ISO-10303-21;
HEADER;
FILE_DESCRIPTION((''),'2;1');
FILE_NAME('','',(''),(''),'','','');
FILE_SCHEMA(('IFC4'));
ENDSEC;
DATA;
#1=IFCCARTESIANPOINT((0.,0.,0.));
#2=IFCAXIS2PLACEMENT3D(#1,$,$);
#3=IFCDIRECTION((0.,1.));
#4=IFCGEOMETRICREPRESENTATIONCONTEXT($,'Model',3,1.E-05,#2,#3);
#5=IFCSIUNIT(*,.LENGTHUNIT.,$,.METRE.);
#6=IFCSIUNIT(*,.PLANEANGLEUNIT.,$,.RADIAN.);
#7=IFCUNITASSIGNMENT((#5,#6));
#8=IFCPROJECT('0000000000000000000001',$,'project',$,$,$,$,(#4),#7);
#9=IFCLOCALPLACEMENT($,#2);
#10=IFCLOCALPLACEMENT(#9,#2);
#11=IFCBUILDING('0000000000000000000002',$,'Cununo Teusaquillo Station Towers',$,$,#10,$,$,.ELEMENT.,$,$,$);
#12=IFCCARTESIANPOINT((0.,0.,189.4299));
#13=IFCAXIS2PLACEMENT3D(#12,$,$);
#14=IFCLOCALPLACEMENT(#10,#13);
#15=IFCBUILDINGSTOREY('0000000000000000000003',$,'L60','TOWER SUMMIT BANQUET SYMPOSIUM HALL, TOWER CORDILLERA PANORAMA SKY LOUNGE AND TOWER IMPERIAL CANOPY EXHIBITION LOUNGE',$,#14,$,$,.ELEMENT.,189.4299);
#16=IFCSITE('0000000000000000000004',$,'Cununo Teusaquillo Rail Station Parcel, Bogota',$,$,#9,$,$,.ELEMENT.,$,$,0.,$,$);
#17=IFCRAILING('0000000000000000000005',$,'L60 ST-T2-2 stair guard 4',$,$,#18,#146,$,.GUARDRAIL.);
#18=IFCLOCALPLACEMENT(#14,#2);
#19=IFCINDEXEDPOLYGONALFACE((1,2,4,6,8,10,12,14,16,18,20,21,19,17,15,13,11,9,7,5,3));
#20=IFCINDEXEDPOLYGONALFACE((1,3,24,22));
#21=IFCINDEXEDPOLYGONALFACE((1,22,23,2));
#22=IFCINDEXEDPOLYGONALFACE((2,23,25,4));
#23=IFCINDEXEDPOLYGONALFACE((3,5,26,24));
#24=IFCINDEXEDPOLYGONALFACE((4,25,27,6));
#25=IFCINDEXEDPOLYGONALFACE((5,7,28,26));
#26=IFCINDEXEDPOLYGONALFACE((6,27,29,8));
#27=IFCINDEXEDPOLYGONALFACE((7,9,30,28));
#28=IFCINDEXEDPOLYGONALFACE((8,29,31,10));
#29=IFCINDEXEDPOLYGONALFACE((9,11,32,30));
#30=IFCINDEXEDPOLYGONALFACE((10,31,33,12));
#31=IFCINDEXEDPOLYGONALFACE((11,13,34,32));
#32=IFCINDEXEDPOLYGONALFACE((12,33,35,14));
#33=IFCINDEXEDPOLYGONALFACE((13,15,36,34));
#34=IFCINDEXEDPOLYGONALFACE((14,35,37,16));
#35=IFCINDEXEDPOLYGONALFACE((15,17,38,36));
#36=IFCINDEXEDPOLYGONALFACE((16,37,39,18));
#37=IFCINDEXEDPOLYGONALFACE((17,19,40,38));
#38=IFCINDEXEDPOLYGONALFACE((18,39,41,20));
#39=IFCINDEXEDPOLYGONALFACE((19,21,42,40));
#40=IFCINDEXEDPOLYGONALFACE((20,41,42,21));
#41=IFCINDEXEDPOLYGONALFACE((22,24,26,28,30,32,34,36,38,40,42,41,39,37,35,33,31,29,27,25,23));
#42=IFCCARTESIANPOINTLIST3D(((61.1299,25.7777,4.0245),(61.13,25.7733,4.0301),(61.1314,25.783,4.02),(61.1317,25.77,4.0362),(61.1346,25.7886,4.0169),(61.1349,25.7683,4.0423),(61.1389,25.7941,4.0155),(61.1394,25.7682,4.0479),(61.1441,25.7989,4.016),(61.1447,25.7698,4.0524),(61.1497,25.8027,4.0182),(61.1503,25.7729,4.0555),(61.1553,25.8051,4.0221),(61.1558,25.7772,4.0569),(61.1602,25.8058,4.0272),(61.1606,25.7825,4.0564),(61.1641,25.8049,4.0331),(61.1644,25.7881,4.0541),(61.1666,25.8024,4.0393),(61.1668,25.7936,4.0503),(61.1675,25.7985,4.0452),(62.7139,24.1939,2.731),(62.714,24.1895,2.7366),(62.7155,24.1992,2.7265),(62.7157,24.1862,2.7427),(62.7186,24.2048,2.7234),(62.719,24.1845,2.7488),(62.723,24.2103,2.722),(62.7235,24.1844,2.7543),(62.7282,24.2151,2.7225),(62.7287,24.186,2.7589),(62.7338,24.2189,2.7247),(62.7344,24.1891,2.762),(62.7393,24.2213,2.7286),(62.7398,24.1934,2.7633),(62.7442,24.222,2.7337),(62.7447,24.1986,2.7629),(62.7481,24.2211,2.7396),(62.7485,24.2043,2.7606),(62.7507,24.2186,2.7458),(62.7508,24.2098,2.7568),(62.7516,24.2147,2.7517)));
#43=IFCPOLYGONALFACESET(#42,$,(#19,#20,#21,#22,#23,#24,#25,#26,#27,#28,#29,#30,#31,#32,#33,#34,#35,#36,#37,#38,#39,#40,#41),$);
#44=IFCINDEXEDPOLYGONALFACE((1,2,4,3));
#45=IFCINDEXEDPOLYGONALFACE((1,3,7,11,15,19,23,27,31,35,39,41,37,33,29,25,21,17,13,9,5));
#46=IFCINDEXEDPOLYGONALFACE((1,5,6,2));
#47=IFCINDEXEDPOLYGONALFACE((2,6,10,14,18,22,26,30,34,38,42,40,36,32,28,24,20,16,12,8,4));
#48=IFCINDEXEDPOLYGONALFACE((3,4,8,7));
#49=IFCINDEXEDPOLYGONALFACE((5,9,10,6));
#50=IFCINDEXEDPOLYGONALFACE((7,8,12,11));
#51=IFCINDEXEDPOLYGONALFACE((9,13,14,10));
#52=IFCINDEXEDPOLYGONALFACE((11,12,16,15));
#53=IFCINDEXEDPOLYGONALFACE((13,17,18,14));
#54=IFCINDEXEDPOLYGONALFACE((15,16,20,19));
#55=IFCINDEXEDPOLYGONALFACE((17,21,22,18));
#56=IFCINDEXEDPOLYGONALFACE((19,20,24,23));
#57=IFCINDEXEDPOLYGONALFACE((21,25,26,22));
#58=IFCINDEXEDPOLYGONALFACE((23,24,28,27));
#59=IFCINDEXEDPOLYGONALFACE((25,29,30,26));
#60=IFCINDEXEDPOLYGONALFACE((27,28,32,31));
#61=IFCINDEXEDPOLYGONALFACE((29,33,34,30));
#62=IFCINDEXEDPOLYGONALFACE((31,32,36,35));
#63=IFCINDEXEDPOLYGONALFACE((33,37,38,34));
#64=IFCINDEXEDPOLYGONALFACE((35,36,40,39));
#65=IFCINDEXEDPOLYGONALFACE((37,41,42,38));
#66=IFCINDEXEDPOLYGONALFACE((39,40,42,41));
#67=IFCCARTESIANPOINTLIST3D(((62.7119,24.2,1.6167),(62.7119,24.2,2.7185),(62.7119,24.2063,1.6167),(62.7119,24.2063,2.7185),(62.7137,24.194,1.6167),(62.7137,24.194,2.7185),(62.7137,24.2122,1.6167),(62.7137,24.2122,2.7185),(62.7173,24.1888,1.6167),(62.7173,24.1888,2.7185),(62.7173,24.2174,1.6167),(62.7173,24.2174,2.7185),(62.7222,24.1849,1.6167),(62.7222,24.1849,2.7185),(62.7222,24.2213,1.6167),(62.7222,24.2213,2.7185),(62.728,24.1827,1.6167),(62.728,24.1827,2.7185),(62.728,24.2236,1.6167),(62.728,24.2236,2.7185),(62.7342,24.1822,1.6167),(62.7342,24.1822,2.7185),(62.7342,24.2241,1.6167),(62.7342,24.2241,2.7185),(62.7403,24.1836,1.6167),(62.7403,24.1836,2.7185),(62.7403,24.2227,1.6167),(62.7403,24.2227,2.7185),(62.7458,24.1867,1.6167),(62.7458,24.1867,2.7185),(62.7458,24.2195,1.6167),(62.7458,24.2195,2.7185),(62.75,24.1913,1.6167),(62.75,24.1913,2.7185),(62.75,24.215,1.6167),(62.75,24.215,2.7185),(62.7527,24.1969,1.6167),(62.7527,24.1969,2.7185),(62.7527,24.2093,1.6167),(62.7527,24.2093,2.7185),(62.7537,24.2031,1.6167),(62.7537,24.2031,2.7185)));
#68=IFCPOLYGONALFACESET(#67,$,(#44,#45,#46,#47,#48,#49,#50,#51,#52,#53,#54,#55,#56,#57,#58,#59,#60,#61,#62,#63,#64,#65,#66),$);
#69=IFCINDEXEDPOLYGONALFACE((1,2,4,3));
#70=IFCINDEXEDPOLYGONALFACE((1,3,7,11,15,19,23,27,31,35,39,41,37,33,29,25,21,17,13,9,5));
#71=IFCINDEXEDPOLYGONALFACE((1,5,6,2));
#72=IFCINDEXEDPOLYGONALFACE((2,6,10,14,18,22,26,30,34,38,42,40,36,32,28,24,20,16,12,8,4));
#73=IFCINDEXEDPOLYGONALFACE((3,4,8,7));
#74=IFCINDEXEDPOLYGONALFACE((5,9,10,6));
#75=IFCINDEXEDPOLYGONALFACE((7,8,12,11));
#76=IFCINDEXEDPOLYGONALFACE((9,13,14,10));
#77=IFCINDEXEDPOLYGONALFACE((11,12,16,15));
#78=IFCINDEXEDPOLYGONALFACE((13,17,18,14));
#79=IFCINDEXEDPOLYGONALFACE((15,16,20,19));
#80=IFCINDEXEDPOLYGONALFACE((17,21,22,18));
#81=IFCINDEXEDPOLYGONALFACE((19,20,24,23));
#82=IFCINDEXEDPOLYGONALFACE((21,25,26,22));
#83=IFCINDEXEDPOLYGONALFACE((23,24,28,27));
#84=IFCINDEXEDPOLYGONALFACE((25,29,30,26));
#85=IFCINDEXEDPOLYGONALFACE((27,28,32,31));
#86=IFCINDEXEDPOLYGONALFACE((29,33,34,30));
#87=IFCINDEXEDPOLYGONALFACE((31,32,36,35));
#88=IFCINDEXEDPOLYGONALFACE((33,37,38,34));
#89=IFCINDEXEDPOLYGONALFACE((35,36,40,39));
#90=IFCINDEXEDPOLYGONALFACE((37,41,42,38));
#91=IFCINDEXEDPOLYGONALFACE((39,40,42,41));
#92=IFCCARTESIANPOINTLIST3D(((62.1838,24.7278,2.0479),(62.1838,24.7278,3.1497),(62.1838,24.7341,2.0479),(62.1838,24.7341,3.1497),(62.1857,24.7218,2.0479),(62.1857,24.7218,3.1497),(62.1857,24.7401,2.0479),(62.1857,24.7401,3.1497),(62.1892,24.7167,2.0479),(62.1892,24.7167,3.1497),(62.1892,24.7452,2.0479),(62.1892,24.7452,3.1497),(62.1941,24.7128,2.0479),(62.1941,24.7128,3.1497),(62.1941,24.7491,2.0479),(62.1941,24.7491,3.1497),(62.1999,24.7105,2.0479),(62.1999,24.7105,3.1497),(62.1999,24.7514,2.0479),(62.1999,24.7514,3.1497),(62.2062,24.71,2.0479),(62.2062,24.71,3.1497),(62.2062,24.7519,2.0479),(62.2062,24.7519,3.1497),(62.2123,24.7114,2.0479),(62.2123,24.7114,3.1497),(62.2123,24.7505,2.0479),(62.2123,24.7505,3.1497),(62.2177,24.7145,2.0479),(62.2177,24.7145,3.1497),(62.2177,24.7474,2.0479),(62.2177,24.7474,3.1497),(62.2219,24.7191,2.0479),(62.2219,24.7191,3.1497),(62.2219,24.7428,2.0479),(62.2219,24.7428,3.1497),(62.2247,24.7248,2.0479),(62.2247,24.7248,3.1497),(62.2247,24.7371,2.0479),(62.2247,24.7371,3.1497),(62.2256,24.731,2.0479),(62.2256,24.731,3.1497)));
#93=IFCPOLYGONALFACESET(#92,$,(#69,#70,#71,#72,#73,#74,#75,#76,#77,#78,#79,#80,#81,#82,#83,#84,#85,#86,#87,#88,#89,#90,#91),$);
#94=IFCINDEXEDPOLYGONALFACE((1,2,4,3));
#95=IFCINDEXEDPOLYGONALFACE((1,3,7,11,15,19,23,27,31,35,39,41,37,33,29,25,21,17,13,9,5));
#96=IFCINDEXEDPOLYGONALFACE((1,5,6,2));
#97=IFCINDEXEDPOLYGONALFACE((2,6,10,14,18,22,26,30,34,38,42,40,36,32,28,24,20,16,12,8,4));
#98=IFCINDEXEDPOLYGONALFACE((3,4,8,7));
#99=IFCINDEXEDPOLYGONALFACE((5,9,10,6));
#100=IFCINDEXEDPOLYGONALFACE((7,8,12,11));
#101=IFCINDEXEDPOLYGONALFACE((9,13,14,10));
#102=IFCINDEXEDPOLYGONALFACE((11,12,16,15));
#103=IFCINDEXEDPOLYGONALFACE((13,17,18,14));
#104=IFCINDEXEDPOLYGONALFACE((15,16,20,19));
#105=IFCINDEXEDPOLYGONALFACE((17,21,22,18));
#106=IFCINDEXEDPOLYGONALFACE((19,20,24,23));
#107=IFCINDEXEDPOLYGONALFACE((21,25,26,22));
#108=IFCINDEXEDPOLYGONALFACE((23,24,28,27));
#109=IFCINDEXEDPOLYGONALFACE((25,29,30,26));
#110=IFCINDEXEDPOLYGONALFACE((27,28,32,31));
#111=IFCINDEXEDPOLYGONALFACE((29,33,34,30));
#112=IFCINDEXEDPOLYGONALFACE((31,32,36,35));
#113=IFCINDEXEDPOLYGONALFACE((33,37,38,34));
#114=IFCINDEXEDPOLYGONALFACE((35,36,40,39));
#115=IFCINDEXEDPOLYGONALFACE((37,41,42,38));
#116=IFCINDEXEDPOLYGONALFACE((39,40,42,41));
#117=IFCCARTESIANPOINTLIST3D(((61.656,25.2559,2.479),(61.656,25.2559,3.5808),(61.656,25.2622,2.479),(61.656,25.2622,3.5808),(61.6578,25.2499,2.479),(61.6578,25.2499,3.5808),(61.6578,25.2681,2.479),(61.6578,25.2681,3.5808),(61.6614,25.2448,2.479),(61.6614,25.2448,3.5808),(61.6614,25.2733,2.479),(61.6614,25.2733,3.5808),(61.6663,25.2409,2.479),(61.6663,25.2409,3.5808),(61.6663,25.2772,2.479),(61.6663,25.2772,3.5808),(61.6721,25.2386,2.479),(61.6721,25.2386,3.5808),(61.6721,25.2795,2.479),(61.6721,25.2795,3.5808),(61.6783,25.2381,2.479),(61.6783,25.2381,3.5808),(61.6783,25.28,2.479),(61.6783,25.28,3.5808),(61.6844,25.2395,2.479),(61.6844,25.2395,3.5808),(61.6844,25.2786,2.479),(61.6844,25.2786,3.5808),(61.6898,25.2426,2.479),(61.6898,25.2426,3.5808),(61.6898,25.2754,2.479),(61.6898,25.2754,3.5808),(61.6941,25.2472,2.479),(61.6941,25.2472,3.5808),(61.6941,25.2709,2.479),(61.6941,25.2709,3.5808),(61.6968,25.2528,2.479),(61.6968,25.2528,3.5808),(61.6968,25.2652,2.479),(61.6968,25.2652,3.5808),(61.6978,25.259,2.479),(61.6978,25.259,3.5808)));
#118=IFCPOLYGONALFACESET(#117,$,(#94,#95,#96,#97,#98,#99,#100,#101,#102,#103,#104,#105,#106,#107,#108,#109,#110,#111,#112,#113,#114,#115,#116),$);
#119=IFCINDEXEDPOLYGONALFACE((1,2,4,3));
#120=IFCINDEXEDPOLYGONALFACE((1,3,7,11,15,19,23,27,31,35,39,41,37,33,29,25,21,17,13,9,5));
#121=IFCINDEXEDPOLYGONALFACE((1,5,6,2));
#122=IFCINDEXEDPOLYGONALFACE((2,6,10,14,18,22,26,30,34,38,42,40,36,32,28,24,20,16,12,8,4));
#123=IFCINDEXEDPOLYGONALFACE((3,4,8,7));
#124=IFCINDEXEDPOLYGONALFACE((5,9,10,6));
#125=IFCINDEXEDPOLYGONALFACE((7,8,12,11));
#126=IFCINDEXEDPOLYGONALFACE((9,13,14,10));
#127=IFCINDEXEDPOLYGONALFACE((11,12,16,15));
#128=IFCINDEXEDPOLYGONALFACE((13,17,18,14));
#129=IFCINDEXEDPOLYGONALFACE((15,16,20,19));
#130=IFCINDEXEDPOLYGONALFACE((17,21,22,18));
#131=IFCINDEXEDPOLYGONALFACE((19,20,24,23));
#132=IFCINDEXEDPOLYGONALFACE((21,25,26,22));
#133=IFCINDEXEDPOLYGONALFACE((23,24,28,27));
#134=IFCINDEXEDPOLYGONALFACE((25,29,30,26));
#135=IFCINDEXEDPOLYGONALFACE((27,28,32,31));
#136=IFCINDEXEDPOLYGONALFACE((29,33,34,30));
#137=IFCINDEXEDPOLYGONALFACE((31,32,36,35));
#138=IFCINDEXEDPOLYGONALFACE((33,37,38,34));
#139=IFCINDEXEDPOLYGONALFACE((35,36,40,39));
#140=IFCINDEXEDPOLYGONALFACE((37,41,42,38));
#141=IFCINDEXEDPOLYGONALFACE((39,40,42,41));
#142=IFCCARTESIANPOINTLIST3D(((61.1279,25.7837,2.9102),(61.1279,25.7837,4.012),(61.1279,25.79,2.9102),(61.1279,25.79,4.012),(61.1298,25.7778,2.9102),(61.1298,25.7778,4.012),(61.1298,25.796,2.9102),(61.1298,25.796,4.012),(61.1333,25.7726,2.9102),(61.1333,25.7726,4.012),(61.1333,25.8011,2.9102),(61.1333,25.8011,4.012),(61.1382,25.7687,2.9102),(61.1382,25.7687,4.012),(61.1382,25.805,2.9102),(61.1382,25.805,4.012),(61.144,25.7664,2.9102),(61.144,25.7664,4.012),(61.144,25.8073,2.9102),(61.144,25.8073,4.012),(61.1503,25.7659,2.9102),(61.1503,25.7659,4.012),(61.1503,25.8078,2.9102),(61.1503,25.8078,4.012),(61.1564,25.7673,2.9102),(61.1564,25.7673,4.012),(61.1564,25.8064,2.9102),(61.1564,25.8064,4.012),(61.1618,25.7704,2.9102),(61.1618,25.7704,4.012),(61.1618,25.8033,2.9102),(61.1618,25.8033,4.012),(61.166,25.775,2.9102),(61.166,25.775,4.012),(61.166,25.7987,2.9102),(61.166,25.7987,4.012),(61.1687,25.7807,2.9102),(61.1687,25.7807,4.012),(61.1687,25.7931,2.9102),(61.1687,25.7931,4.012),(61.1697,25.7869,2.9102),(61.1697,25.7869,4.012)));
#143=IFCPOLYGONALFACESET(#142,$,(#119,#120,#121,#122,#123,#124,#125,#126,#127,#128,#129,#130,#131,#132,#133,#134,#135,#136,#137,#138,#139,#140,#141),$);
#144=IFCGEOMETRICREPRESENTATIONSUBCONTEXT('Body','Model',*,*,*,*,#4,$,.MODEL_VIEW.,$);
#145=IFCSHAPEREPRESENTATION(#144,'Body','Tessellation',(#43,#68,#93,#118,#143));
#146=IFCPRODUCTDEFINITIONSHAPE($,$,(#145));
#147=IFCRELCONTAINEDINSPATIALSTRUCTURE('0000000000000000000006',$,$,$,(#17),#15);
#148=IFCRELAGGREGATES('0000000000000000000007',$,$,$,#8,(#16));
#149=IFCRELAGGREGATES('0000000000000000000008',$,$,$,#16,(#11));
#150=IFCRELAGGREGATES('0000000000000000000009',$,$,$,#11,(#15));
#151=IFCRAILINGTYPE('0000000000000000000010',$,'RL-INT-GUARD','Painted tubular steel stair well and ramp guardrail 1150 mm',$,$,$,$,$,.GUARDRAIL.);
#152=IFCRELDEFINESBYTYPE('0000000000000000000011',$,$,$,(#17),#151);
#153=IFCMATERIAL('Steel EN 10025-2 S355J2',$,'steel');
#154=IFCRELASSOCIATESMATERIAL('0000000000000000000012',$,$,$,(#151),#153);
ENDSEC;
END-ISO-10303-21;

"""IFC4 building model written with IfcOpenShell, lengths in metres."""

from ifc_helpers import new_model, si_unit, direction, frame, origin, origin_2d, place, context, subcontext, project, spatial, circle, extrude, material, type_object, element, save


model = new_model("IFC4")

# Units and contexts
model_context = context("Model", 3, precision=1e-05, world=origin(), true_north=direction((0.0, 1.0)))
body_context = subcontext(model_context, "Body", "Model", "MODEL_VIEW")
ifc_project = project(units=[si_unit("LENGTHUNIT", "METRE"), si_unit("PLANEANGLEUNIT", "RADIAN")], contexts=[model_context])

# Site, building, storey
site_placement = place(None, origin())
site = spatial("IfcSite", under=ifc_project, at=site_placement, Name="Cununo Teusaquillo Rail Station Parcel, Bogota", CompositionType="ELEMENT", RefElevation=0.0)
building_placement = place(site_placement, origin())
building = spatial("IfcBuilding", under=site, at=building_placement, Name="Cununo Teusaquillo Station Towers", CompositionType="ELEMENT")
storey_placement = place(building_placement, frame((0.0, 0.0, 189.4299)))
storey = spatial("IfcBuildingStorey", under=building, at=storey_placement, Name="L60", Description="TOWER SUMMIT BANQUET SYMPOSIUM HALL, TOWER CORDILLERA PANORAMA SKY LOUNGE AND TOWER IMPERIAL CANOPY EXHIBITION LOUNGE", CompositionType="ELEMENT", Elevation=189.4299)

# Railing
ifc_material_1 = material(Name="Steel EN 10025-2 S355J2", Category="steel")
railing_type_1 = type_object("IfcRailingType", Name="RL-INT-GUARD", Description="Painted tubular steel stair well and ramp guardrail 1150 mm", PredefinedType="GUARDRAIL", material=ifc_material_1)
railing_1_placement = place(storey_placement, frame((62.7327, 24.2031, 1.6167)))
element("IfcRailing", 1, at=railing_1_placement, inside=storey, type_object=railing_type_1, Name="L60 ST-T2-2 stair guard 4", PredefinedType="GUARDRAIL", context=body_context, shape_type="SweptSolid", body=[
    extrude(circle(Radius=0.0239, at=origin_2d()), frame((0.0, 0.0, 1.126), z_axis=(-0.612391, 0.612297, 0.500069), x_axis=(-0.707052, -0.707161, 0.0)), (0.0, 0.0, 1.0), 2.5867),
    extrude(circle(Radius=0.021, at=origin_2d()), origin(), (0.0, 0.0, 1.0), 1.1018),
    extrude(circle(Radius=0.021, at=origin_2d()), frame((-0.5281, 0.5278, 0.4312)), (0.0, 0.0, 1.0), 1.1018),
    extrude(circle(Radius=0.021, at=origin_2d()), frame((-1.0559, 1.0559, 0.8623)), (0.0, 0.0, 1.0), 1.1018),
    extrude(circle(Radius=0.021, at=origin_2d()), frame((-1.584, 1.5837, 1.2935)), (0.0, 0.0, 1.0), 1.1018),
])

save(model, "model.ifc")
